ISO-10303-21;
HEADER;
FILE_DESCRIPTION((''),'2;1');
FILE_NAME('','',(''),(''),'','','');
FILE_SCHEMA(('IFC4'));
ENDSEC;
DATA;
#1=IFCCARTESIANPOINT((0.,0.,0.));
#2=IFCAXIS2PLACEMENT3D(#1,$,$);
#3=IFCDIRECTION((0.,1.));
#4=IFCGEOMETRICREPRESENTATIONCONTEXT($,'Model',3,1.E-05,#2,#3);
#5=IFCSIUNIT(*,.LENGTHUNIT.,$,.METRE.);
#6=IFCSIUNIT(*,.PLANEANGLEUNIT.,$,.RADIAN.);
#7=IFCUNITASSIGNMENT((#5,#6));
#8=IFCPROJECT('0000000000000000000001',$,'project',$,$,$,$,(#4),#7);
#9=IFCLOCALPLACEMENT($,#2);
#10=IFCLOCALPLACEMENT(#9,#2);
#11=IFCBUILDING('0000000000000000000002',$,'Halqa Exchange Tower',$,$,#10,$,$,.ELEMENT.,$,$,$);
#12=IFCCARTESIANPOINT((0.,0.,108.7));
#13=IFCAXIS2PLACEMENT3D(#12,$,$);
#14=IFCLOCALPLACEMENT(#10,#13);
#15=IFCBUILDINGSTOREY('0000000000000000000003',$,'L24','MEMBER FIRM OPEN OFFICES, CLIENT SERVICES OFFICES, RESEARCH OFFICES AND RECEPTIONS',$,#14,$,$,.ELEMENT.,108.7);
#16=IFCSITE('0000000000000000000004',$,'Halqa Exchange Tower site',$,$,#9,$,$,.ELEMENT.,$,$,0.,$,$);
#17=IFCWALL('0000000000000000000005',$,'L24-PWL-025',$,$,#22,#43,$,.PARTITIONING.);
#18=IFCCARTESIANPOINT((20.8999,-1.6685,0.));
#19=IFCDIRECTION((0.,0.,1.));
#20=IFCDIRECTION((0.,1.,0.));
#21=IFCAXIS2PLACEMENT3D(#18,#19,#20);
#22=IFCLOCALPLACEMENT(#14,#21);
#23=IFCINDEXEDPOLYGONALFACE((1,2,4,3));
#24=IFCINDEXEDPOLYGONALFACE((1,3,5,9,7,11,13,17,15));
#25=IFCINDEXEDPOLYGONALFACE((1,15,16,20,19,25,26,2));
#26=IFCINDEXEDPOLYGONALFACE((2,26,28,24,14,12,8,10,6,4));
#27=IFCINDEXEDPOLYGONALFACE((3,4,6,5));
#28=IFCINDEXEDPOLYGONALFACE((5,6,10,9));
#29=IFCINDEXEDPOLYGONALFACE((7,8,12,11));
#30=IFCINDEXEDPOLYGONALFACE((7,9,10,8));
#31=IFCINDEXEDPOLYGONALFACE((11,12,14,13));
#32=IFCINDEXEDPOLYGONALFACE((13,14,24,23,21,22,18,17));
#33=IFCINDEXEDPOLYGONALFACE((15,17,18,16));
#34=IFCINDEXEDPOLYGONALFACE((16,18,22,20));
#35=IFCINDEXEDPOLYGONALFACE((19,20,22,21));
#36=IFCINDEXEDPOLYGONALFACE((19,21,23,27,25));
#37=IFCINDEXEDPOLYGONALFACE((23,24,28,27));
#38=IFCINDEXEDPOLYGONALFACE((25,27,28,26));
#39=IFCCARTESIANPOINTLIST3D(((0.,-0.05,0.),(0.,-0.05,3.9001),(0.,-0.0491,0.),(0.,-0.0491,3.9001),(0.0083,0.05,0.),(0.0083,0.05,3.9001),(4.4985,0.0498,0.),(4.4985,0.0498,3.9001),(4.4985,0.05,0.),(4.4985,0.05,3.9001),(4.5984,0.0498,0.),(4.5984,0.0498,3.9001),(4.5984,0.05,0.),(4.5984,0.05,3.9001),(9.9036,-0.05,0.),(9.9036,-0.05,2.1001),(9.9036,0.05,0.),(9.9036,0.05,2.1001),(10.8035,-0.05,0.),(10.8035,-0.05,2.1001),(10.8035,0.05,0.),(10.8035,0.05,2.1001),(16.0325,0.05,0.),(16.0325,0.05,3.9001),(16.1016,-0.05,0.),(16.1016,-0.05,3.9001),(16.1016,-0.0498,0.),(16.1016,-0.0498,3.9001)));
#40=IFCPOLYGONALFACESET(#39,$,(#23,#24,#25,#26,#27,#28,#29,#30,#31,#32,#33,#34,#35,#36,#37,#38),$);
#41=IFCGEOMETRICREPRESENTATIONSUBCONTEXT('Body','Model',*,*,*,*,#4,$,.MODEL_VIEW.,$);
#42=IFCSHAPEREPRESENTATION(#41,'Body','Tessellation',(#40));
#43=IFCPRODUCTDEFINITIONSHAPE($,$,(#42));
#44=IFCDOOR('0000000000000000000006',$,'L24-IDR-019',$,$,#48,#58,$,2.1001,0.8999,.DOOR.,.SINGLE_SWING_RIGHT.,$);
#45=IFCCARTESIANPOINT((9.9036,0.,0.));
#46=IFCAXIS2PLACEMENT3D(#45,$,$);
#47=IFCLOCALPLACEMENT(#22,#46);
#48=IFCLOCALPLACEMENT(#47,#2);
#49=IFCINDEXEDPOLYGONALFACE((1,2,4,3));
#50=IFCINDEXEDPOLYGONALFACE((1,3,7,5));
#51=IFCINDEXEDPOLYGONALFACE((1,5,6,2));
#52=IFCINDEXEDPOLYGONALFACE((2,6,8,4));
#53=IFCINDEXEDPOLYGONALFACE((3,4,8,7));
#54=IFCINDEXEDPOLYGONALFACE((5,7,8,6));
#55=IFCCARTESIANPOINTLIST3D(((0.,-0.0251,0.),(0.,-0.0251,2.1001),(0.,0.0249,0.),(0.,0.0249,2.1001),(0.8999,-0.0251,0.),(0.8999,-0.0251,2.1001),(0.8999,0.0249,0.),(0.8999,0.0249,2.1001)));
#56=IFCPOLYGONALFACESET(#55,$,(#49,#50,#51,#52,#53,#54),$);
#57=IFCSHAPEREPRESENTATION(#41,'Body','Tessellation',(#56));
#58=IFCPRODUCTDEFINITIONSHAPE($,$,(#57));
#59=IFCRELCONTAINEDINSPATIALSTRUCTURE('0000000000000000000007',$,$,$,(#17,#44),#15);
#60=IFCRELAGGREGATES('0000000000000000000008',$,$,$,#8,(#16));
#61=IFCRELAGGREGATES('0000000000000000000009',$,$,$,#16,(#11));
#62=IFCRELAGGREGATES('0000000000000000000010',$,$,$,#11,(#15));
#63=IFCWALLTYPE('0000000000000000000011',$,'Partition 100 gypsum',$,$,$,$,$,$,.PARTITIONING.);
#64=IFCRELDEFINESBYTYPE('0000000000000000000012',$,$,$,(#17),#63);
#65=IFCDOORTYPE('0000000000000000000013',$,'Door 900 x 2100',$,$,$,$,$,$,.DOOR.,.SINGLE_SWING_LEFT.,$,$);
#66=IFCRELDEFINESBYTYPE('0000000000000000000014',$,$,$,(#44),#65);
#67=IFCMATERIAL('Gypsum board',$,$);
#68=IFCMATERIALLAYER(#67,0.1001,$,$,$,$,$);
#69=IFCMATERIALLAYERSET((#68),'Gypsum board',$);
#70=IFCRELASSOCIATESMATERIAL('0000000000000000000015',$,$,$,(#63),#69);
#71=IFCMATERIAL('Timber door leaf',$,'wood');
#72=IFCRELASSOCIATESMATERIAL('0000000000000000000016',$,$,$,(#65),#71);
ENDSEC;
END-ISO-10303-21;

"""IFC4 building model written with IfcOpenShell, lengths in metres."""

from ifc_helpers import new_model, si_unit, direction, frame, frame_2d, origin, place, context, subcontext, project, spatial, polyline, rectangle, outline, extrude, material, layer, layer_set, type_object, element, fill, save


model = new_model("IFC4")

# Units and contexts
model_context = context("Model", 3, precision=1e-05, world=origin(), true_north=direction((0.0, 1.0)))
body_context = subcontext(model_context, "Body", "Model", "MODEL_VIEW")
ifc_project = project(units=[si_unit("LENGTHUNIT", "METRE"), si_unit("PLANEANGLEUNIT", "RADIAN")], contexts=[model_context])

# Site, building, storey
site_placement = place(None, origin())
site = spatial("IfcSite", under=ifc_project, at=site_placement, Name="Halqa Exchange Tower site", CompositionType="ELEMENT", RefElevation=0.0)
building_placement = place(site_placement, origin())
building = spatial("IfcBuilding", under=site, at=building_placement, Name="Halqa Exchange Tower", CompositionType="ELEMENT")
storey_placement = place(building_placement, frame((0.0, 0.0, 108.7)))
storey = spatial("IfcBuildingStorey", under=building, at=storey_placement, Name="L24", Description="MEMBER FIRM OPEN OFFICES, CLIENT SERVICES OFFICES, RESEARCH OFFICES AND RECEPTIONS", CompositionType="ELEMENT", Elevation=108.7)

# Wall, opening, door
ifc_material_1 = material(Name="Gypsum board")
ifc_layer_1 = layer(ifc_material_1, 0.1001)
ifc_layer_set_1 = layer_set([ifc_layer_1], Name="Gypsum board")
wall_type_1 = type_object("IfcWallType", Name="Partition 100 gypsum", PredefinedType="PARTITIONING", material=ifc_layer_set_1)
ifc_material_2 = material(Name="Timber door leaf", Category="wood")
door_type_1 = type_object("IfcDoorType", Name="Door 900 x 2100", OperationType="SINGLE_SWING_LEFT", PredefinedType="DOOR", material=ifc_material_2)
wall_1_placement = place(storey_placement, frame((20.8999, -1.6685, 0.0), z_axis=(0.0, 0.0, 1.0), x_axis=(0.0, 1.0, 0.0)))
wall_1 = element("IfcWall", 1, at=wall_1_placement, inside=storey, type_object=wall_type_1, Name="L24-PWL-025", PredefinedType="PARTITIONING", context=body_context, shape_type="SweptSolid", body=[
    extrude(outline(polyline([(16.1016, -0.05), (16.1016, -0.0498), (16.0325, 0.05), (14.1267, 0.05), (12.2212, 0.05), (10.3154, 0.05), (8.4099, 0.05), (6.5042, 0.05), (4.5984, 0.05), (4.5984, 0.0498), (4.4985, 0.0498), (4.4985, 0.05), (3.0017, 0.05), (1.5051, 0.05), (0.0083, 0.05), (0.0, -0.0491), (0.0, -0.05), (1.7891, -0.05), (3.5781, -0.05), (5.3672, -0.05), (7.1562, -0.05), (8.9453, -0.05), (10.7344, -0.05), (12.5234, -0.05), (14.3125, -0.05), (16.1016, -0.05)])), origin(), (0.0, 0.0, 1.0), 3.9001),
])
opening_1_placement = place(wall_1_placement, frame((9.9036, 0.0, 0.0)))
opening_1 = element("IfcOpeningElement", 2, at=opening_1_placement, cuts=wall_1, PredefinedType="OPENING", context=body_context, shape_type="SweptSolid", body=[
    extrude(rectangle(XDim=0.8999, YDim=2.1001, at=frame_2d((0.45, 1.05))), frame((0.0, 0.062, 0.0), z_axis=(0.0, -1.0, 0.0), x_axis=(1.0, 0.0, 0.0)), (0.0, 0.0, 1.0), 0.124),
])
door_1_placement = place(opening_1_placement, origin())
door_1 = element("IfcDoor", 3, at=door_1_placement, inside=storey, type_object=door_type_1, Name="L24-IDR-019", OperationType="SINGLE_SWING_RIGHT", OverallHeight=2.1001, OverallWidth=0.8999, PredefinedType="DOOR", context=body_context, shape_type="SweptSolid", body=[
    extrude(rectangle(XDim=0.8999, YDim=2.1001, at=frame_2d((0.45, 1.05))), frame((0.0, 0.0249, 0.0), z_axis=(0.0, -1.0, 0.0), x_axis=(1.0, 0.0, 0.0)), (0.0, 0.0, 1.0), 0.05),
])
fill(opening_1, door_1)

save(model, "model.ifc")
